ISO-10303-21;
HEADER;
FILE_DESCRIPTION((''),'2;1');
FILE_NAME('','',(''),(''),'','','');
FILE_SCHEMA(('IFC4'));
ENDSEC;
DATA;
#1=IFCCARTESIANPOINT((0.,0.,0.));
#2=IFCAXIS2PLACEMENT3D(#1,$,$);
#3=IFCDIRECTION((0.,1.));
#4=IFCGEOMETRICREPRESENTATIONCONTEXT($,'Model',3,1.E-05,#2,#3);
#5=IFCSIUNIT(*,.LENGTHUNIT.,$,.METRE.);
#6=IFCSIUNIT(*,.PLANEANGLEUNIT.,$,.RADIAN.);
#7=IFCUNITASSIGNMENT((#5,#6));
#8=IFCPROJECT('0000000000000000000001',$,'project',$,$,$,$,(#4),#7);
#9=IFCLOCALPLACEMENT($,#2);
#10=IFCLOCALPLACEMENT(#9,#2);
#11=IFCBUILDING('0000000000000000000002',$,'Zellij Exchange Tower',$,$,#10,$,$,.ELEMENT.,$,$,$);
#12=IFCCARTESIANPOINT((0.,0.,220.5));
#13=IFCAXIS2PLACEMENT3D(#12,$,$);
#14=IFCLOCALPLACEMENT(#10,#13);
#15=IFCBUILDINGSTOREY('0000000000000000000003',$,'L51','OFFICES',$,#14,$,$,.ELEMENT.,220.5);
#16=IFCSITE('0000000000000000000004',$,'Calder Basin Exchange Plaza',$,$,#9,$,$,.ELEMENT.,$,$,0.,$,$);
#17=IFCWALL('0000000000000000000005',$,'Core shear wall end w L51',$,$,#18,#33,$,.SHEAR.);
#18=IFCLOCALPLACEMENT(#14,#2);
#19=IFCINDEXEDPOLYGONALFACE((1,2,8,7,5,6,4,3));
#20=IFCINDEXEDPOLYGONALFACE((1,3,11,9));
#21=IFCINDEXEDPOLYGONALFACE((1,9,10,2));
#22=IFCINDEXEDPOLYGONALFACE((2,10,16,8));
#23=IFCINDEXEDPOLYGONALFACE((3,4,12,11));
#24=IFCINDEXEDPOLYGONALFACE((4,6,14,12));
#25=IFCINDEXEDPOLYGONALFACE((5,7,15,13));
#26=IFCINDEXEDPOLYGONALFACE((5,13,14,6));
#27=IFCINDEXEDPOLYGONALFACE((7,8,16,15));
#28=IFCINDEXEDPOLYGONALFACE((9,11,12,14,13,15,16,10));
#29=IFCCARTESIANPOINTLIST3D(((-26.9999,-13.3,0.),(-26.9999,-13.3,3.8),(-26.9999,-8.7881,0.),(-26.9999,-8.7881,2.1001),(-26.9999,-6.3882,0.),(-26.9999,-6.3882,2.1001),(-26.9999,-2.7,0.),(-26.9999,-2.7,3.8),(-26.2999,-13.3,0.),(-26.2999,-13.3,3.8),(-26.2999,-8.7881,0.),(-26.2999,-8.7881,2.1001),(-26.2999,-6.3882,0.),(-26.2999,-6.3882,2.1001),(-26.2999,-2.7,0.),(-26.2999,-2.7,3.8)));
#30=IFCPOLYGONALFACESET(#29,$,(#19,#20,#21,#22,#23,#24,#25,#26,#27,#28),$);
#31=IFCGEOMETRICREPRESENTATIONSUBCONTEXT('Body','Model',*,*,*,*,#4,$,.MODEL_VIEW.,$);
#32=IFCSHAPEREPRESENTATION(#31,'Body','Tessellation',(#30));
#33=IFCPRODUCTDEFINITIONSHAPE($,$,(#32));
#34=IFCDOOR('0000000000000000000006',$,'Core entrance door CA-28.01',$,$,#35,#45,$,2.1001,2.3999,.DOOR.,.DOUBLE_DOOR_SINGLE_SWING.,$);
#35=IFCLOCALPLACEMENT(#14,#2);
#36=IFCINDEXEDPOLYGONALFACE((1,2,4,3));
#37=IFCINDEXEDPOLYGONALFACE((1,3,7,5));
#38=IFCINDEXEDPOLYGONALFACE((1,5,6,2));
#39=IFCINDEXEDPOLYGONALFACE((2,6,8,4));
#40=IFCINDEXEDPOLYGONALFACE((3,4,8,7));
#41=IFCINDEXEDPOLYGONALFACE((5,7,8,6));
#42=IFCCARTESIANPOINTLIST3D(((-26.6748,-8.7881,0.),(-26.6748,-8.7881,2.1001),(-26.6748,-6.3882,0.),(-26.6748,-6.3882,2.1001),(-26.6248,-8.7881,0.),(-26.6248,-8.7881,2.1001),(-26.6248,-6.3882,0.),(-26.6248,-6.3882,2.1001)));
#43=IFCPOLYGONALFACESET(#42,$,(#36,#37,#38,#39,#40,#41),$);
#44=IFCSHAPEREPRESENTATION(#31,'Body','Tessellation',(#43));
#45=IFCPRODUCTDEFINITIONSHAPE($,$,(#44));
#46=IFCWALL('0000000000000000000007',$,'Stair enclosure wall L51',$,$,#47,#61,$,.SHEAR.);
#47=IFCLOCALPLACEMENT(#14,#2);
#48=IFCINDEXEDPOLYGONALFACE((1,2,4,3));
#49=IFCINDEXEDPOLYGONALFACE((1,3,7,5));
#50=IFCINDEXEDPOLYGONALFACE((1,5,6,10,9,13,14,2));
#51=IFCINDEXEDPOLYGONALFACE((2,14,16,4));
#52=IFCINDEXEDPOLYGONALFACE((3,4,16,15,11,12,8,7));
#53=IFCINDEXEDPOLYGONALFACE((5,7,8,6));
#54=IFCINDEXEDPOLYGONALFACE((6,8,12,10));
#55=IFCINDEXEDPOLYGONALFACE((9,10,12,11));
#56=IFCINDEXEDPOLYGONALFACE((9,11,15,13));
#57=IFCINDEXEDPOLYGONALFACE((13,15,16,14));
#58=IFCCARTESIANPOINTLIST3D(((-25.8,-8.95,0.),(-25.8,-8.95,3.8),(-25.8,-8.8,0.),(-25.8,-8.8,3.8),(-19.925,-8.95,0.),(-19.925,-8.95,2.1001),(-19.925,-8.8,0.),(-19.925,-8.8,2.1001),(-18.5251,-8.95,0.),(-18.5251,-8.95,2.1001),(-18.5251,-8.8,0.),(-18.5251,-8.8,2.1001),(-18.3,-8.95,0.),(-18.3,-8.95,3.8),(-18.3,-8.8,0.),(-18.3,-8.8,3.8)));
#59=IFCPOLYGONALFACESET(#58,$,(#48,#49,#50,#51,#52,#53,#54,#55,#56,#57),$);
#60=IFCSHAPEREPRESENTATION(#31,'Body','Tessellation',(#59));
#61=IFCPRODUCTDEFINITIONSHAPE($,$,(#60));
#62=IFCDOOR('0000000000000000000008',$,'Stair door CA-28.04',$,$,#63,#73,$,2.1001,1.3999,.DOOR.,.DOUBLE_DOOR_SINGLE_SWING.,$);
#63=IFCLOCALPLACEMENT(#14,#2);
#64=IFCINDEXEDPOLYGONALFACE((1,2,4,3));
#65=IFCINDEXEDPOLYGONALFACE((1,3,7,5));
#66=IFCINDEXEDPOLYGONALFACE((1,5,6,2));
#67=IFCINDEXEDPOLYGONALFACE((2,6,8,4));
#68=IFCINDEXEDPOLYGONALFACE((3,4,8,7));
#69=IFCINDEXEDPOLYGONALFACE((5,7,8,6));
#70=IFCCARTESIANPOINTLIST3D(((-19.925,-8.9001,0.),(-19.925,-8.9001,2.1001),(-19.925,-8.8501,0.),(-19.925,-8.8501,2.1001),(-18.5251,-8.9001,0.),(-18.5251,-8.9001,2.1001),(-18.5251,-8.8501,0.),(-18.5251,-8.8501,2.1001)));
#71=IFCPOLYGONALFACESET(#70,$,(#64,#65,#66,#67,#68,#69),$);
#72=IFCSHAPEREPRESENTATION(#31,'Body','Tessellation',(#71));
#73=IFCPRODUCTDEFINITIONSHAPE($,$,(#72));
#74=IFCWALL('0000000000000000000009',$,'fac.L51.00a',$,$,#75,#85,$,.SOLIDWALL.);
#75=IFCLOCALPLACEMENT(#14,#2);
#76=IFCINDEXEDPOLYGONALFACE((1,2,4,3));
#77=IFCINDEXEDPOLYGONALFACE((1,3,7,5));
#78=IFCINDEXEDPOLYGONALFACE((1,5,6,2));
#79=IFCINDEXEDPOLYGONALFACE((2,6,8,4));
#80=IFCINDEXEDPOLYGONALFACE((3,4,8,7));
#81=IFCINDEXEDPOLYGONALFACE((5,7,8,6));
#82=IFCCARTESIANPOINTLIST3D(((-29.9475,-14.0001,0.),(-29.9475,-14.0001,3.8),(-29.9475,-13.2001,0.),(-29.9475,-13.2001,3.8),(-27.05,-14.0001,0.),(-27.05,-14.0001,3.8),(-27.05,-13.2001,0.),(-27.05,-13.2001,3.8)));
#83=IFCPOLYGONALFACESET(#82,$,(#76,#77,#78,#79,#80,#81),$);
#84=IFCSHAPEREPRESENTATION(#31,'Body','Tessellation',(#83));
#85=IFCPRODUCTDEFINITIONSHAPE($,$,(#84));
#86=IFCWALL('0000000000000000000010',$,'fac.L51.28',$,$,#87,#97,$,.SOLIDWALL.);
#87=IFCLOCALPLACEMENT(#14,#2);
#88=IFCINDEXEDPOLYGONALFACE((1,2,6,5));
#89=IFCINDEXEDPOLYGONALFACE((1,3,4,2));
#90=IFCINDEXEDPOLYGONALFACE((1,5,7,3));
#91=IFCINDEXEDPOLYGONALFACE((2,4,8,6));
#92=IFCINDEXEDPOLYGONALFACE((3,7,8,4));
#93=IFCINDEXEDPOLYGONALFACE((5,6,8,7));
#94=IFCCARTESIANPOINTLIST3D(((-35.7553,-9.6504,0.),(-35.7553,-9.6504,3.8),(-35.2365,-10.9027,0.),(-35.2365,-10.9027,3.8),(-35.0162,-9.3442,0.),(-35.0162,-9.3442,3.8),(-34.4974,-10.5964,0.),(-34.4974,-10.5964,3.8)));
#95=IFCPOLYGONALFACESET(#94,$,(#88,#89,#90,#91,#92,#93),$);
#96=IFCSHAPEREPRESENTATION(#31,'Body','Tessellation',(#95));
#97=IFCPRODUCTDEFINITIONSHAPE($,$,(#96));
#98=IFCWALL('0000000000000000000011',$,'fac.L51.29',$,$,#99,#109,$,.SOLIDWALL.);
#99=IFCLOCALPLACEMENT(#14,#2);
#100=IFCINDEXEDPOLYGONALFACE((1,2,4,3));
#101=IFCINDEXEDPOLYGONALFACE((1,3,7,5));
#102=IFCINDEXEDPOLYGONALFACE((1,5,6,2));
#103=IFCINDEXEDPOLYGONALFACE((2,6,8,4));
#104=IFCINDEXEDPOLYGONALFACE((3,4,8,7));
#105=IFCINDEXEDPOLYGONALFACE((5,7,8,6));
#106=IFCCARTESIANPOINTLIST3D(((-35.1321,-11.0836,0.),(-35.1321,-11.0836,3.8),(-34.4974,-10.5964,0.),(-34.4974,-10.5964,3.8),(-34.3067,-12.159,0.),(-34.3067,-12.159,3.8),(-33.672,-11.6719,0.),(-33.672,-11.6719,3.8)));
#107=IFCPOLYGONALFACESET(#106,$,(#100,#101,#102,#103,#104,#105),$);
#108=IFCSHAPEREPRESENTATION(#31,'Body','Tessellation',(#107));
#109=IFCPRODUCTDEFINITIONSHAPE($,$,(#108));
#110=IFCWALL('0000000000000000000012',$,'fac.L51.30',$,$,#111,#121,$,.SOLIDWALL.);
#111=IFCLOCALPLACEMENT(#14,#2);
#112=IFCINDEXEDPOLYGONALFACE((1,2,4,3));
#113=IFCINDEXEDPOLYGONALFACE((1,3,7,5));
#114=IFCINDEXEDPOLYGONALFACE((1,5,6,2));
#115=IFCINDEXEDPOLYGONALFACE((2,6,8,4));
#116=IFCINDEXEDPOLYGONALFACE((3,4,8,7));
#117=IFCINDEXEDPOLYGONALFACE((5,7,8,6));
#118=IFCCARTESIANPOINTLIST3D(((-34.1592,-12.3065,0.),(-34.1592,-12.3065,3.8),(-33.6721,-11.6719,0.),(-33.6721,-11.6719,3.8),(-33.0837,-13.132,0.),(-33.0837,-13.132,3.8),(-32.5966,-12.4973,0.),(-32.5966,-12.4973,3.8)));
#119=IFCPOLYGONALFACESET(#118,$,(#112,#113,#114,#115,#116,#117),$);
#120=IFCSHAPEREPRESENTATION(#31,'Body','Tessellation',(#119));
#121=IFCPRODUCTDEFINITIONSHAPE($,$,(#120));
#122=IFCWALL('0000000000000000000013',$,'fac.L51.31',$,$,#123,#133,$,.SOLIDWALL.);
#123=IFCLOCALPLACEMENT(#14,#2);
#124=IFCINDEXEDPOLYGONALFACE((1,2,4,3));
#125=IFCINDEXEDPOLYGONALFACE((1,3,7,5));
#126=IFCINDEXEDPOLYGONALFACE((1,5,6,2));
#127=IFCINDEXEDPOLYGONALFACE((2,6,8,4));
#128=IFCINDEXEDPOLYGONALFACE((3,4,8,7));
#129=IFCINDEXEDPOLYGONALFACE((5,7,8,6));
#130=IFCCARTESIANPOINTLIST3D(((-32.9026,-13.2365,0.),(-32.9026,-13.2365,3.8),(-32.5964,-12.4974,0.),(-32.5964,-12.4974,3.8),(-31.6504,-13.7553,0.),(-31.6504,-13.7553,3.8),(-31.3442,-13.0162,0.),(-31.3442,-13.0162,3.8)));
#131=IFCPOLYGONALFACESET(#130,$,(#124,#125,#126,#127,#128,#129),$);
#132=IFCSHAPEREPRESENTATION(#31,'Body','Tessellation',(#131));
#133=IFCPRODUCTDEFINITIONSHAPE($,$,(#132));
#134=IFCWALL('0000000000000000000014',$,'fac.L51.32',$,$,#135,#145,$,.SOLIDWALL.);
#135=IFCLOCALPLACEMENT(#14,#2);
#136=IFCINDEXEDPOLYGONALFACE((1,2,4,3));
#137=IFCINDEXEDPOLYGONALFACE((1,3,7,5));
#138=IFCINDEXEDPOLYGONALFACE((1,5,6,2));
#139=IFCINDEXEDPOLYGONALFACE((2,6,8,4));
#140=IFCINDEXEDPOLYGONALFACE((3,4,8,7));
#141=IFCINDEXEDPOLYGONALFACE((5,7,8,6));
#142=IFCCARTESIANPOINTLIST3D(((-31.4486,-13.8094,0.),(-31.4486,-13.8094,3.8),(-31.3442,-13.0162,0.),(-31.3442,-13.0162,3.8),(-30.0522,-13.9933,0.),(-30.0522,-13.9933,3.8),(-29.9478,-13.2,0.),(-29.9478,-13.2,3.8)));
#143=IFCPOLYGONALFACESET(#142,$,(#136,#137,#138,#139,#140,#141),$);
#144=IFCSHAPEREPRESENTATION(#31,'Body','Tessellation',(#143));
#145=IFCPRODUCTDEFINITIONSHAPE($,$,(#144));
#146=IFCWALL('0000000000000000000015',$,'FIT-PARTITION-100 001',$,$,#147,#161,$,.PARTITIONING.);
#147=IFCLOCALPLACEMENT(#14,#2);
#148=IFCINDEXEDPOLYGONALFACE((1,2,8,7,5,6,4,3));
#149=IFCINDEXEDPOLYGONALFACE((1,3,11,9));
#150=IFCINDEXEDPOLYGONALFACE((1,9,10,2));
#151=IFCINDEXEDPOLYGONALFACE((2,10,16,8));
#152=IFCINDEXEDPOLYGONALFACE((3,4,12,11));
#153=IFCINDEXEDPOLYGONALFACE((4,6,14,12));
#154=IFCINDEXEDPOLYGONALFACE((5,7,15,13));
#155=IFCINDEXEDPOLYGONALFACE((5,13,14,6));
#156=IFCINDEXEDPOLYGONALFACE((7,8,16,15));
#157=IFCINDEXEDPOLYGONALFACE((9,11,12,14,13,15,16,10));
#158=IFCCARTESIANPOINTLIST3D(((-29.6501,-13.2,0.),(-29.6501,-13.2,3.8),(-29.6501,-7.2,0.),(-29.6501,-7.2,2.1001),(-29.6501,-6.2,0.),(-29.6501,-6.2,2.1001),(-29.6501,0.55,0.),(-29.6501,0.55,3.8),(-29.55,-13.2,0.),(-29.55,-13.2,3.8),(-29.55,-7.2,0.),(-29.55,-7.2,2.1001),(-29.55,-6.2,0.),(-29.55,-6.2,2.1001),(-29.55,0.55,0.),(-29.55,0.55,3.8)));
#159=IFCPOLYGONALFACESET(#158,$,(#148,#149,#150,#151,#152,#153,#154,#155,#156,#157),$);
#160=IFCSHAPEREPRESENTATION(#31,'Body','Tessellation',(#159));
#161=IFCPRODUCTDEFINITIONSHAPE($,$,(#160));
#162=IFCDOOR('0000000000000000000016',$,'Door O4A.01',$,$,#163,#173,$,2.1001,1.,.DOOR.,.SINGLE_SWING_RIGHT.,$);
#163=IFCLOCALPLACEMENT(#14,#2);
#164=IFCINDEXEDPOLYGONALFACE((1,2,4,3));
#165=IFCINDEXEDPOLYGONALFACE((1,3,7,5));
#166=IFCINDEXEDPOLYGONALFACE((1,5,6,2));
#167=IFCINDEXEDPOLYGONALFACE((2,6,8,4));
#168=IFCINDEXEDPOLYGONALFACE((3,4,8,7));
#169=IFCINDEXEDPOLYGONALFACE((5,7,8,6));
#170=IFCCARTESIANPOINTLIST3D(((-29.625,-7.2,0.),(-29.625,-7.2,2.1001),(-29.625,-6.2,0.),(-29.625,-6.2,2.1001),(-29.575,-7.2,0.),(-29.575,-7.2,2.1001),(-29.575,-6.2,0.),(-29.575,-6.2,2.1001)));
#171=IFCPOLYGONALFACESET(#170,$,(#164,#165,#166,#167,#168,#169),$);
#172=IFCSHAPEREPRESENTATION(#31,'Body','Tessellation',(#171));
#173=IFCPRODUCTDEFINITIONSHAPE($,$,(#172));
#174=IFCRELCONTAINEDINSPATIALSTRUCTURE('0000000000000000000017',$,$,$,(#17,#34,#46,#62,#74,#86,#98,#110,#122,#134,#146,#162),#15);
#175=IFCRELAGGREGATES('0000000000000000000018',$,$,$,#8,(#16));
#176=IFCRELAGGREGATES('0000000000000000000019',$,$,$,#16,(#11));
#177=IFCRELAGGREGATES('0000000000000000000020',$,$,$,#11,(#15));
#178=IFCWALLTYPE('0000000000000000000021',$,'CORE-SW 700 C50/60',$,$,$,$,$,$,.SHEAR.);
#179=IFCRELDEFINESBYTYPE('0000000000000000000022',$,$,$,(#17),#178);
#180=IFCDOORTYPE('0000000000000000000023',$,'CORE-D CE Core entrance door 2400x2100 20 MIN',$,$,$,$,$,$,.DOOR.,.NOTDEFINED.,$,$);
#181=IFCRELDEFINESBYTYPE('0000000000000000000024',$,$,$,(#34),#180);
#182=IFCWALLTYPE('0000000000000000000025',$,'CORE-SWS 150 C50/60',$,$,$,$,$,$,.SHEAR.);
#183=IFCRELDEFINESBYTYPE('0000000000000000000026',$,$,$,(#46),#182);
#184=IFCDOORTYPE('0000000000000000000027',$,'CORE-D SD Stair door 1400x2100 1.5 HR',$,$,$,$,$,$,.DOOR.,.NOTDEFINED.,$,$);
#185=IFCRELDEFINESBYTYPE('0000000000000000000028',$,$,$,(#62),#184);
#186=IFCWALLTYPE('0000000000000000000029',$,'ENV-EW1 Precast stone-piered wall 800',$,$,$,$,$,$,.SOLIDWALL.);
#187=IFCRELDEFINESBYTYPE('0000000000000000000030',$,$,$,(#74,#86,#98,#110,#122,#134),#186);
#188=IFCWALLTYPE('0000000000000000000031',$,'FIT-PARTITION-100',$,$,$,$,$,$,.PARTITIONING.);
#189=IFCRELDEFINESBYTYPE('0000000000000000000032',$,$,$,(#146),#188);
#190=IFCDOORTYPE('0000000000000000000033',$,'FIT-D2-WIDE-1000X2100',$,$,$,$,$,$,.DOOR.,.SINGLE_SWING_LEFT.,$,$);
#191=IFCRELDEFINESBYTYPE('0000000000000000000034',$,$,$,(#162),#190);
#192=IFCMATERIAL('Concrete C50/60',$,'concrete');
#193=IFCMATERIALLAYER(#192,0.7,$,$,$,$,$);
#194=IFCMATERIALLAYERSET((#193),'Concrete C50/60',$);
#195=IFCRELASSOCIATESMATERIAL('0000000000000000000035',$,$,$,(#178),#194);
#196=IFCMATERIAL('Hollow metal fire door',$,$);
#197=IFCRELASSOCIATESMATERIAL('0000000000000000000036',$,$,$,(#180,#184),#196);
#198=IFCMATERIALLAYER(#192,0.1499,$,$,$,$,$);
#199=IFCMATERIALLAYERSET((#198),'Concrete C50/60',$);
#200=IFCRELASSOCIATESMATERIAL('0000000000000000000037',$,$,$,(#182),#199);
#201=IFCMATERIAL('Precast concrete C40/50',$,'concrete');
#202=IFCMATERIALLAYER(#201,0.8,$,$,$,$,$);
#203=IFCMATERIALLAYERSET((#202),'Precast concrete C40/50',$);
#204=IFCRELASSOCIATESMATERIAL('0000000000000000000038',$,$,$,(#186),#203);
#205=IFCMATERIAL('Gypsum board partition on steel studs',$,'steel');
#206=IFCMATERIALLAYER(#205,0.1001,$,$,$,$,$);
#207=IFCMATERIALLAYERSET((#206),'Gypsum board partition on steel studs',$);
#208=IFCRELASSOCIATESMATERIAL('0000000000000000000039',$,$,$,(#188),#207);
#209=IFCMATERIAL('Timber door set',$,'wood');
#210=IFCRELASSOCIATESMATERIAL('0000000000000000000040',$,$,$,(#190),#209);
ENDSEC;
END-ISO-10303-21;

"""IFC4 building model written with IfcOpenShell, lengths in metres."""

from ifc_helpers import new_model, si_unit, direction, frame, frame_2d, origin, place, context, subcontext, project, spatial, rectangle, extrude, material, layer, layer_set, type_object, element, fill, save


model = new_model("IFC4")

# Units and contexts
model_context = context("Model", 3, precision=1e-05, world=origin(), true_north=direction((0.0, 1.0)))
body_context = subcontext(model_context, "Body", "Model", "MODEL_VIEW")
ifc_project = project(units=[si_unit("LENGTHUNIT", "METRE"), si_unit("PLANEANGLEUNIT", "RADIAN")], contexts=[model_context])

# Site, building, storey
site_placement = place(None, origin())
site = spatial("IfcSite", under=ifc_project, at=site_placement, Name="Calder Basin Exchange Plaza", CompositionType="ELEMENT", RefElevation=0.0)
building_placement = place(site_placement, origin())
building = spatial("IfcBuilding", under=site, at=building_placement, Name="Zellij Exchange Tower", CompositionType="ELEMENT")
storey_placement = place(building_placement, frame((0.0, 0.0, 220.5)))
storey = spatial("IfcBuildingStorey", under=building, at=storey_placement, Name="L51", Description="OFFICES", CompositionType="ELEMENT", Elevation=220.5)

# Shared definitions
ifc_material_1 = material(Name="Concrete C50/60", Category="concrete")

# Shared definitions
ifc_layer_1 = layer(ifc_material_1, 0.7)
ifc_layer_set_1 = layer_set([ifc_layer_1], Name="Concrete C50/60")
wall_type_1 = type_object("IfcWallType", Name="CORE-SW 700 C50/60", PredefinedType="SHEAR", material=ifc_layer_set_1)

# Walls, openings, doors
wall_1_placement = place(storey_placement, frame((-26.6499, -13.3, 0.0), z_axis=(0.0, 0.0, 1.0), x_axis=(0.0, 1.0, 0.0)))
wall_1 = element("IfcWall", 1, at=wall_1_placement, inside=storey, type_object=wall_type_1, Name="Core shear wall end w L51", PredefinedType="SHEAR", context=body_context, shape_type="SweptSolid", body=[
    extrude(rectangle(XDim=10.6001, YDim=0.7, at=frame_2d((5.3, 0.0))), origin(), (0.0, 0.0, 1.0), 3.8),
])
opening_1_placement = place(wall_1_placement, frame((4.512, 0.0, 0.0)))
opening_1 = element("IfcOpeningElement", 2, at=opening_1_placement, cuts=wall_1, PredefinedType="OPENING", context=body_context, shape_type="SweptSolid", body=[
    extrude(rectangle(XDim=2.3999, YDim=2.1001, at=frame_2d((1.2, 1.05))), frame((0.0, 0.3618, 0.0), z_axis=(0.0, -1.0, 0.0), x_axis=(1.0, 0.0, 0.0)), (0.0, 0.0, 1.0), 0.7239),
])
ifc_material_2 = material(Name="Hollow metal fire door")
door_type_1 = type_object("IfcDoorType", Name="CORE-D CE Core entrance door 2400x2100 20 MIN", OperationType="NOTDEFINED", PredefinedType="DOOR", material=ifc_material_2)
door_1_placement = place(opening_1_placement, origin())
door_1 = element("IfcDoor", 3, at=door_1_placement, inside=storey, type_object=door_type_1, Name="Core entrance door CA-28.01", OperationType="DOUBLE_DOOR_SINGLE_SWING", OverallHeight=2.1001, OverallWidth=2.3999, PredefinedType="DOOR", context=body_context, shape_type="SweptSolid", body=[
    extrude(rectangle(XDim=2.3999, YDim=2.1001, at=frame_2d((1.2, 1.05))), frame((0.0, 0.0249, 0.0), z_axis=(0.0, -1.0, 0.0), x_axis=(1.0, 0.0, 0.0)), (0.0, 0.0, 1.0), 0.05),
])
fill(opening_1, door_1)
ifc_layer_2 = layer(ifc_material_1, 0.1499)
ifc_layer_set_2 = layer_set([ifc_layer_2], Name="Concrete C50/60")
wall_type_2 = type_object("IfcWallType", Name="CORE-SWS 150 C50/60", PredefinedType="SHEAR", material=ifc_layer_set_2)
wall_2_placement = place(storey_placement, frame((-25.8, -8.875, 0.0), z_axis=(0.0, 0.0, 1.0), x_axis=(1.0, 0.0, 0.0)))
wall_2 = element("IfcWall", 4, at=wall_2_placement, inside=storey, type_object=wall_type_2, Name="Stair enclosure wall L51", PredefinedType="SHEAR", context=body_context, shape_type="SweptSolid", body=[
    extrude(rectangle(XDim=7.5, YDim=0.1499, at=frame_2d((3.75, 0.0))), origin(), (0.0, 0.0, 1.0), 3.8),
])
opening_2_placement = place(wall_2_placement, frame((5.875, 0.0, 0.0)))
opening_2 = element("IfcOpeningElement", 5, at=opening_2_placement, cuts=wall_2, PredefinedType="OPENING", context=body_context, shape_type="SweptSolid", body=[
    extrude(rectangle(XDim=1.3999, YDim=2.1001, at=frame_2d((0.7, 1.05))), frame((0.0, 0.0869, 0.0), z_axis=(0.0, -1.0, 0.0), x_axis=(1.0, 0.0, 0.0)), (0.0, 0.0, 1.0), 0.1738),
])
door_type_2 = type_object("IfcDoorType", Name="CORE-D SD Stair door 1400x2100 1.5 HR", OperationType="NOTDEFINED", PredefinedType="DOOR", material=ifc_material_2)
door_2_placement = place(opening_2_placement, origin())
door_2 = element("IfcDoor", 6, at=door_2_placement, inside=storey, type_object=door_type_2, Name="Stair door CA-28.04", OperationType="DOUBLE_DOOR_SINGLE_SWING", OverallHeight=2.1001, OverallWidth=1.3999, PredefinedType="DOOR", context=body_context, shape_type="SweptSolid", body=[
    extrude(rectangle(XDim=1.3999, YDim=2.1001, at=frame_2d((0.7, 1.05))), frame((0.0, 0.0249, 0.0), z_axis=(0.0, -1.0, 0.0), x_axis=(1.0, 0.0, 0.0)), (0.0, 0.0, 1.0), 0.05),
])
fill(opening_2, door_2)

# Walls
ifc_material_3 = material(Name="Precast concrete C40/50", Category="concrete")
ifc_layer_3 = layer(ifc_material_3, 0.8)
ifc_layer_set_3 = layer_set([ifc_layer_3], Name="Precast concrete C40/50")
wall_type_3 = type_object("IfcWallType", Name="ENV-EW1 Precast stone-piered wall 800", PredefinedType="SOLIDWALL", material=ifc_layer_set_3)
wall_3_placement = place(storey_placement, frame((-29.9475, -13.6001, 0.0), z_axis=(0.0, 0.0, 1.0), x_axis=(1.0, 0.0, 0.0)))
element("IfcWall", 7, at=wall_3_placement, inside=storey, type_object=wall_type_3, Name="fac.L51.00a", PredefinedType="SOLIDWALL", context=body_context, shape_type="SweptSolid", body=[
    extrude(rectangle(XDim=2.8975, YDim=0.8, at=frame_2d((1.4487, 0.0))), origin(), (0.0, 0.0, 1.0), 3.8),
])
wall_4_placement = place(storey_placement, frame((-35.3857, -9.4973, 0.0), z_axis=(0.0, 0.0, 1.0), x_axis=(0.38276, -0.923848, 0.0)))
element("IfcWall", 8, at=wall_4_placement, inside=storey, type_object=wall_type_3, Name="fac.L51.28", PredefinedType="SOLIDWALL", context=body_context, shape_type="SweptSolid", body=[
    extrude(rectangle(XDim=1.3555, YDim=0.8, at=frame_2d((0.6777, 0.0))), origin(), (0.0, 0.0, 1.0), 3.8),
])
for number, where, z_axis, x_axis, name in (
    (9, (-34.8147, -10.8401, 0.0), (0.0, 0.0, 1.0), (0.608866, -0.793273, 0.0), "fac.L51.29"),
    (10, (-33.9155, -11.9893, 0.0), (0.0, 0.0, 1.0), (0.793273, -0.608866, 0.0), "fac.L51.30"),
):
    element("IfcWall", number, at=place(storey_placement, frame(where, z_axis=z_axis, x_axis=x_axis)), inside=storey, type_object=wall_type_3, Name=name, PredefinedType="SOLIDWALL", context=body_context, shape_type="SweptSolid", body=[
        extrude(rectangle(XDim=1.3557, YDim=0.8, at=frame_2d((0.6777, 0.0))), origin(), (0.0, 0.0, 1.0), 3.8),
    ])
wall_5_placement = place(storey_placement, frame((-32.7495, -12.8669, 0.0), z_axis=(0.0, 0.0, 1.0), x_axis=(0.923848, -0.38276, 0.0)))
element("IfcWall", 11, at=wall_5_placement, inside=storey, type_object=wall_type_3, Name="fac.L51.31", PredefinedType="SOLIDWALL", context=body_context, shape_type="SweptSolid", body=[
    extrude(rectangle(XDim=1.3555, YDim=0.8, at=frame_2d((0.6777, 0.0))), origin(), (0.0, 0.0, 1.0), 3.8),
])
wall_6_placement = place(storey_placement, frame((-31.3962, -13.4128, 0.0), z_axis=(0.0, 0.0, 1.0), x_axis=(0.991446, -0.130517, 0.0)))
element("IfcWall", 12, at=wall_6_placement, inside=storey, type_object=wall_type_3, Name="fac.L51.32", PredefinedType="SOLIDWALL", context=body_context, shape_type="SweptSolid", body=[
    extrude(rectangle(XDim=1.4084, YDim=0.8, at=frame_2d((0.7041, 0.0))), origin(), (0.0, 0.0, 1.0), 3.8),
])

# Wall, opening, door
ifc_material_4 = material(Name="Gypsum board partition on steel studs", Category="steel")
ifc_layer_4 = layer(ifc_material_4, 0.1001)
ifc_layer_set_4 = layer_set([ifc_layer_4], Name="Gypsum board partition on steel studs")
wall_type_4 = type_object("IfcWallType", Name="FIT-PARTITION-100", PredefinedType="PARTITIONING", material=ifc_layer_set_4)
wall_7_placement = place(storey_placement, frame((-29.6001, -13.2, 0.0), z_axis=(0.0, 0.0, 1.0), x_axis=(0.0, 1.0, 0.0)))
wall_7 = element("IfcWall", 13, at=wall_7_placement, inside=storey, type_object=wall_type_4, Name="FIT-PARTITION-100 001", PredefinedType="PARTITIONING", context=body_context, shape_type="SweptSolid", body=[
    extrude(rectangle(XDim=13.75, YDim=0.1001, at=frame_2d((6.875, 0.0))), origin(), (0.0, 0.0, 1.0), 3.8),
])
opening_3_placement = place(wall_7_placement, frame((6.0, 0.0, 0.0)))
opening_3 = element("IfcOpeningElement", 14, at=opening_3_placement, cuts=wall_7, PredefinedType="OPENING", context=body_context, shape_type="SweptSolid", body=[
    extrude(rectangle(XDim=1.0, YDim=2.1001, at=frame_2d((0.5, 1.05))), frame((0.0, 0.062, 0.0), z_axis=(0.0, -1.0, 0.0), x_axis=(1.0, 0.0, 0.0)), (0.0, 0.0, 1.0), 0.124),
])
ifc_material_5 = material(Name="Timber door set", Category="wood")
door_type_3 = type_object("IfcDoorType", Name="FIT-D2-WIDE-1000X2100", OperationType="SINGLE_SWING_LEFT", PredefinedType="DOOR", material=ifc_material_5)
door_3_placement = place(opening_3_placement, origin())
door_3 = element("IfcDoor", 15, at=door_3_placement, inside=storey, type_object=door_type_3, Name="Door O4A.01", OperationType="SINGLE_SWING_RIGHT", OverallHeight=2.1001, OverallWidth=1.0, PredefinedType="DOOR", context=body_context, shape_type="SweptSolid", body=[
    extrude(rectangle(XDim=1.0, YDim=2.1001, at=frame_2d((0.5, 1.05))), frame((0.0, 0.0249, 0.0), z_axis=(0.0, -1.0, 0.0), x_axis=(1.0, 0.0, 0.0)), (0.0, 0.0, 1.0), 0.05),
])
fill(opening_3, door_3)

save(model, "model.ifc")
